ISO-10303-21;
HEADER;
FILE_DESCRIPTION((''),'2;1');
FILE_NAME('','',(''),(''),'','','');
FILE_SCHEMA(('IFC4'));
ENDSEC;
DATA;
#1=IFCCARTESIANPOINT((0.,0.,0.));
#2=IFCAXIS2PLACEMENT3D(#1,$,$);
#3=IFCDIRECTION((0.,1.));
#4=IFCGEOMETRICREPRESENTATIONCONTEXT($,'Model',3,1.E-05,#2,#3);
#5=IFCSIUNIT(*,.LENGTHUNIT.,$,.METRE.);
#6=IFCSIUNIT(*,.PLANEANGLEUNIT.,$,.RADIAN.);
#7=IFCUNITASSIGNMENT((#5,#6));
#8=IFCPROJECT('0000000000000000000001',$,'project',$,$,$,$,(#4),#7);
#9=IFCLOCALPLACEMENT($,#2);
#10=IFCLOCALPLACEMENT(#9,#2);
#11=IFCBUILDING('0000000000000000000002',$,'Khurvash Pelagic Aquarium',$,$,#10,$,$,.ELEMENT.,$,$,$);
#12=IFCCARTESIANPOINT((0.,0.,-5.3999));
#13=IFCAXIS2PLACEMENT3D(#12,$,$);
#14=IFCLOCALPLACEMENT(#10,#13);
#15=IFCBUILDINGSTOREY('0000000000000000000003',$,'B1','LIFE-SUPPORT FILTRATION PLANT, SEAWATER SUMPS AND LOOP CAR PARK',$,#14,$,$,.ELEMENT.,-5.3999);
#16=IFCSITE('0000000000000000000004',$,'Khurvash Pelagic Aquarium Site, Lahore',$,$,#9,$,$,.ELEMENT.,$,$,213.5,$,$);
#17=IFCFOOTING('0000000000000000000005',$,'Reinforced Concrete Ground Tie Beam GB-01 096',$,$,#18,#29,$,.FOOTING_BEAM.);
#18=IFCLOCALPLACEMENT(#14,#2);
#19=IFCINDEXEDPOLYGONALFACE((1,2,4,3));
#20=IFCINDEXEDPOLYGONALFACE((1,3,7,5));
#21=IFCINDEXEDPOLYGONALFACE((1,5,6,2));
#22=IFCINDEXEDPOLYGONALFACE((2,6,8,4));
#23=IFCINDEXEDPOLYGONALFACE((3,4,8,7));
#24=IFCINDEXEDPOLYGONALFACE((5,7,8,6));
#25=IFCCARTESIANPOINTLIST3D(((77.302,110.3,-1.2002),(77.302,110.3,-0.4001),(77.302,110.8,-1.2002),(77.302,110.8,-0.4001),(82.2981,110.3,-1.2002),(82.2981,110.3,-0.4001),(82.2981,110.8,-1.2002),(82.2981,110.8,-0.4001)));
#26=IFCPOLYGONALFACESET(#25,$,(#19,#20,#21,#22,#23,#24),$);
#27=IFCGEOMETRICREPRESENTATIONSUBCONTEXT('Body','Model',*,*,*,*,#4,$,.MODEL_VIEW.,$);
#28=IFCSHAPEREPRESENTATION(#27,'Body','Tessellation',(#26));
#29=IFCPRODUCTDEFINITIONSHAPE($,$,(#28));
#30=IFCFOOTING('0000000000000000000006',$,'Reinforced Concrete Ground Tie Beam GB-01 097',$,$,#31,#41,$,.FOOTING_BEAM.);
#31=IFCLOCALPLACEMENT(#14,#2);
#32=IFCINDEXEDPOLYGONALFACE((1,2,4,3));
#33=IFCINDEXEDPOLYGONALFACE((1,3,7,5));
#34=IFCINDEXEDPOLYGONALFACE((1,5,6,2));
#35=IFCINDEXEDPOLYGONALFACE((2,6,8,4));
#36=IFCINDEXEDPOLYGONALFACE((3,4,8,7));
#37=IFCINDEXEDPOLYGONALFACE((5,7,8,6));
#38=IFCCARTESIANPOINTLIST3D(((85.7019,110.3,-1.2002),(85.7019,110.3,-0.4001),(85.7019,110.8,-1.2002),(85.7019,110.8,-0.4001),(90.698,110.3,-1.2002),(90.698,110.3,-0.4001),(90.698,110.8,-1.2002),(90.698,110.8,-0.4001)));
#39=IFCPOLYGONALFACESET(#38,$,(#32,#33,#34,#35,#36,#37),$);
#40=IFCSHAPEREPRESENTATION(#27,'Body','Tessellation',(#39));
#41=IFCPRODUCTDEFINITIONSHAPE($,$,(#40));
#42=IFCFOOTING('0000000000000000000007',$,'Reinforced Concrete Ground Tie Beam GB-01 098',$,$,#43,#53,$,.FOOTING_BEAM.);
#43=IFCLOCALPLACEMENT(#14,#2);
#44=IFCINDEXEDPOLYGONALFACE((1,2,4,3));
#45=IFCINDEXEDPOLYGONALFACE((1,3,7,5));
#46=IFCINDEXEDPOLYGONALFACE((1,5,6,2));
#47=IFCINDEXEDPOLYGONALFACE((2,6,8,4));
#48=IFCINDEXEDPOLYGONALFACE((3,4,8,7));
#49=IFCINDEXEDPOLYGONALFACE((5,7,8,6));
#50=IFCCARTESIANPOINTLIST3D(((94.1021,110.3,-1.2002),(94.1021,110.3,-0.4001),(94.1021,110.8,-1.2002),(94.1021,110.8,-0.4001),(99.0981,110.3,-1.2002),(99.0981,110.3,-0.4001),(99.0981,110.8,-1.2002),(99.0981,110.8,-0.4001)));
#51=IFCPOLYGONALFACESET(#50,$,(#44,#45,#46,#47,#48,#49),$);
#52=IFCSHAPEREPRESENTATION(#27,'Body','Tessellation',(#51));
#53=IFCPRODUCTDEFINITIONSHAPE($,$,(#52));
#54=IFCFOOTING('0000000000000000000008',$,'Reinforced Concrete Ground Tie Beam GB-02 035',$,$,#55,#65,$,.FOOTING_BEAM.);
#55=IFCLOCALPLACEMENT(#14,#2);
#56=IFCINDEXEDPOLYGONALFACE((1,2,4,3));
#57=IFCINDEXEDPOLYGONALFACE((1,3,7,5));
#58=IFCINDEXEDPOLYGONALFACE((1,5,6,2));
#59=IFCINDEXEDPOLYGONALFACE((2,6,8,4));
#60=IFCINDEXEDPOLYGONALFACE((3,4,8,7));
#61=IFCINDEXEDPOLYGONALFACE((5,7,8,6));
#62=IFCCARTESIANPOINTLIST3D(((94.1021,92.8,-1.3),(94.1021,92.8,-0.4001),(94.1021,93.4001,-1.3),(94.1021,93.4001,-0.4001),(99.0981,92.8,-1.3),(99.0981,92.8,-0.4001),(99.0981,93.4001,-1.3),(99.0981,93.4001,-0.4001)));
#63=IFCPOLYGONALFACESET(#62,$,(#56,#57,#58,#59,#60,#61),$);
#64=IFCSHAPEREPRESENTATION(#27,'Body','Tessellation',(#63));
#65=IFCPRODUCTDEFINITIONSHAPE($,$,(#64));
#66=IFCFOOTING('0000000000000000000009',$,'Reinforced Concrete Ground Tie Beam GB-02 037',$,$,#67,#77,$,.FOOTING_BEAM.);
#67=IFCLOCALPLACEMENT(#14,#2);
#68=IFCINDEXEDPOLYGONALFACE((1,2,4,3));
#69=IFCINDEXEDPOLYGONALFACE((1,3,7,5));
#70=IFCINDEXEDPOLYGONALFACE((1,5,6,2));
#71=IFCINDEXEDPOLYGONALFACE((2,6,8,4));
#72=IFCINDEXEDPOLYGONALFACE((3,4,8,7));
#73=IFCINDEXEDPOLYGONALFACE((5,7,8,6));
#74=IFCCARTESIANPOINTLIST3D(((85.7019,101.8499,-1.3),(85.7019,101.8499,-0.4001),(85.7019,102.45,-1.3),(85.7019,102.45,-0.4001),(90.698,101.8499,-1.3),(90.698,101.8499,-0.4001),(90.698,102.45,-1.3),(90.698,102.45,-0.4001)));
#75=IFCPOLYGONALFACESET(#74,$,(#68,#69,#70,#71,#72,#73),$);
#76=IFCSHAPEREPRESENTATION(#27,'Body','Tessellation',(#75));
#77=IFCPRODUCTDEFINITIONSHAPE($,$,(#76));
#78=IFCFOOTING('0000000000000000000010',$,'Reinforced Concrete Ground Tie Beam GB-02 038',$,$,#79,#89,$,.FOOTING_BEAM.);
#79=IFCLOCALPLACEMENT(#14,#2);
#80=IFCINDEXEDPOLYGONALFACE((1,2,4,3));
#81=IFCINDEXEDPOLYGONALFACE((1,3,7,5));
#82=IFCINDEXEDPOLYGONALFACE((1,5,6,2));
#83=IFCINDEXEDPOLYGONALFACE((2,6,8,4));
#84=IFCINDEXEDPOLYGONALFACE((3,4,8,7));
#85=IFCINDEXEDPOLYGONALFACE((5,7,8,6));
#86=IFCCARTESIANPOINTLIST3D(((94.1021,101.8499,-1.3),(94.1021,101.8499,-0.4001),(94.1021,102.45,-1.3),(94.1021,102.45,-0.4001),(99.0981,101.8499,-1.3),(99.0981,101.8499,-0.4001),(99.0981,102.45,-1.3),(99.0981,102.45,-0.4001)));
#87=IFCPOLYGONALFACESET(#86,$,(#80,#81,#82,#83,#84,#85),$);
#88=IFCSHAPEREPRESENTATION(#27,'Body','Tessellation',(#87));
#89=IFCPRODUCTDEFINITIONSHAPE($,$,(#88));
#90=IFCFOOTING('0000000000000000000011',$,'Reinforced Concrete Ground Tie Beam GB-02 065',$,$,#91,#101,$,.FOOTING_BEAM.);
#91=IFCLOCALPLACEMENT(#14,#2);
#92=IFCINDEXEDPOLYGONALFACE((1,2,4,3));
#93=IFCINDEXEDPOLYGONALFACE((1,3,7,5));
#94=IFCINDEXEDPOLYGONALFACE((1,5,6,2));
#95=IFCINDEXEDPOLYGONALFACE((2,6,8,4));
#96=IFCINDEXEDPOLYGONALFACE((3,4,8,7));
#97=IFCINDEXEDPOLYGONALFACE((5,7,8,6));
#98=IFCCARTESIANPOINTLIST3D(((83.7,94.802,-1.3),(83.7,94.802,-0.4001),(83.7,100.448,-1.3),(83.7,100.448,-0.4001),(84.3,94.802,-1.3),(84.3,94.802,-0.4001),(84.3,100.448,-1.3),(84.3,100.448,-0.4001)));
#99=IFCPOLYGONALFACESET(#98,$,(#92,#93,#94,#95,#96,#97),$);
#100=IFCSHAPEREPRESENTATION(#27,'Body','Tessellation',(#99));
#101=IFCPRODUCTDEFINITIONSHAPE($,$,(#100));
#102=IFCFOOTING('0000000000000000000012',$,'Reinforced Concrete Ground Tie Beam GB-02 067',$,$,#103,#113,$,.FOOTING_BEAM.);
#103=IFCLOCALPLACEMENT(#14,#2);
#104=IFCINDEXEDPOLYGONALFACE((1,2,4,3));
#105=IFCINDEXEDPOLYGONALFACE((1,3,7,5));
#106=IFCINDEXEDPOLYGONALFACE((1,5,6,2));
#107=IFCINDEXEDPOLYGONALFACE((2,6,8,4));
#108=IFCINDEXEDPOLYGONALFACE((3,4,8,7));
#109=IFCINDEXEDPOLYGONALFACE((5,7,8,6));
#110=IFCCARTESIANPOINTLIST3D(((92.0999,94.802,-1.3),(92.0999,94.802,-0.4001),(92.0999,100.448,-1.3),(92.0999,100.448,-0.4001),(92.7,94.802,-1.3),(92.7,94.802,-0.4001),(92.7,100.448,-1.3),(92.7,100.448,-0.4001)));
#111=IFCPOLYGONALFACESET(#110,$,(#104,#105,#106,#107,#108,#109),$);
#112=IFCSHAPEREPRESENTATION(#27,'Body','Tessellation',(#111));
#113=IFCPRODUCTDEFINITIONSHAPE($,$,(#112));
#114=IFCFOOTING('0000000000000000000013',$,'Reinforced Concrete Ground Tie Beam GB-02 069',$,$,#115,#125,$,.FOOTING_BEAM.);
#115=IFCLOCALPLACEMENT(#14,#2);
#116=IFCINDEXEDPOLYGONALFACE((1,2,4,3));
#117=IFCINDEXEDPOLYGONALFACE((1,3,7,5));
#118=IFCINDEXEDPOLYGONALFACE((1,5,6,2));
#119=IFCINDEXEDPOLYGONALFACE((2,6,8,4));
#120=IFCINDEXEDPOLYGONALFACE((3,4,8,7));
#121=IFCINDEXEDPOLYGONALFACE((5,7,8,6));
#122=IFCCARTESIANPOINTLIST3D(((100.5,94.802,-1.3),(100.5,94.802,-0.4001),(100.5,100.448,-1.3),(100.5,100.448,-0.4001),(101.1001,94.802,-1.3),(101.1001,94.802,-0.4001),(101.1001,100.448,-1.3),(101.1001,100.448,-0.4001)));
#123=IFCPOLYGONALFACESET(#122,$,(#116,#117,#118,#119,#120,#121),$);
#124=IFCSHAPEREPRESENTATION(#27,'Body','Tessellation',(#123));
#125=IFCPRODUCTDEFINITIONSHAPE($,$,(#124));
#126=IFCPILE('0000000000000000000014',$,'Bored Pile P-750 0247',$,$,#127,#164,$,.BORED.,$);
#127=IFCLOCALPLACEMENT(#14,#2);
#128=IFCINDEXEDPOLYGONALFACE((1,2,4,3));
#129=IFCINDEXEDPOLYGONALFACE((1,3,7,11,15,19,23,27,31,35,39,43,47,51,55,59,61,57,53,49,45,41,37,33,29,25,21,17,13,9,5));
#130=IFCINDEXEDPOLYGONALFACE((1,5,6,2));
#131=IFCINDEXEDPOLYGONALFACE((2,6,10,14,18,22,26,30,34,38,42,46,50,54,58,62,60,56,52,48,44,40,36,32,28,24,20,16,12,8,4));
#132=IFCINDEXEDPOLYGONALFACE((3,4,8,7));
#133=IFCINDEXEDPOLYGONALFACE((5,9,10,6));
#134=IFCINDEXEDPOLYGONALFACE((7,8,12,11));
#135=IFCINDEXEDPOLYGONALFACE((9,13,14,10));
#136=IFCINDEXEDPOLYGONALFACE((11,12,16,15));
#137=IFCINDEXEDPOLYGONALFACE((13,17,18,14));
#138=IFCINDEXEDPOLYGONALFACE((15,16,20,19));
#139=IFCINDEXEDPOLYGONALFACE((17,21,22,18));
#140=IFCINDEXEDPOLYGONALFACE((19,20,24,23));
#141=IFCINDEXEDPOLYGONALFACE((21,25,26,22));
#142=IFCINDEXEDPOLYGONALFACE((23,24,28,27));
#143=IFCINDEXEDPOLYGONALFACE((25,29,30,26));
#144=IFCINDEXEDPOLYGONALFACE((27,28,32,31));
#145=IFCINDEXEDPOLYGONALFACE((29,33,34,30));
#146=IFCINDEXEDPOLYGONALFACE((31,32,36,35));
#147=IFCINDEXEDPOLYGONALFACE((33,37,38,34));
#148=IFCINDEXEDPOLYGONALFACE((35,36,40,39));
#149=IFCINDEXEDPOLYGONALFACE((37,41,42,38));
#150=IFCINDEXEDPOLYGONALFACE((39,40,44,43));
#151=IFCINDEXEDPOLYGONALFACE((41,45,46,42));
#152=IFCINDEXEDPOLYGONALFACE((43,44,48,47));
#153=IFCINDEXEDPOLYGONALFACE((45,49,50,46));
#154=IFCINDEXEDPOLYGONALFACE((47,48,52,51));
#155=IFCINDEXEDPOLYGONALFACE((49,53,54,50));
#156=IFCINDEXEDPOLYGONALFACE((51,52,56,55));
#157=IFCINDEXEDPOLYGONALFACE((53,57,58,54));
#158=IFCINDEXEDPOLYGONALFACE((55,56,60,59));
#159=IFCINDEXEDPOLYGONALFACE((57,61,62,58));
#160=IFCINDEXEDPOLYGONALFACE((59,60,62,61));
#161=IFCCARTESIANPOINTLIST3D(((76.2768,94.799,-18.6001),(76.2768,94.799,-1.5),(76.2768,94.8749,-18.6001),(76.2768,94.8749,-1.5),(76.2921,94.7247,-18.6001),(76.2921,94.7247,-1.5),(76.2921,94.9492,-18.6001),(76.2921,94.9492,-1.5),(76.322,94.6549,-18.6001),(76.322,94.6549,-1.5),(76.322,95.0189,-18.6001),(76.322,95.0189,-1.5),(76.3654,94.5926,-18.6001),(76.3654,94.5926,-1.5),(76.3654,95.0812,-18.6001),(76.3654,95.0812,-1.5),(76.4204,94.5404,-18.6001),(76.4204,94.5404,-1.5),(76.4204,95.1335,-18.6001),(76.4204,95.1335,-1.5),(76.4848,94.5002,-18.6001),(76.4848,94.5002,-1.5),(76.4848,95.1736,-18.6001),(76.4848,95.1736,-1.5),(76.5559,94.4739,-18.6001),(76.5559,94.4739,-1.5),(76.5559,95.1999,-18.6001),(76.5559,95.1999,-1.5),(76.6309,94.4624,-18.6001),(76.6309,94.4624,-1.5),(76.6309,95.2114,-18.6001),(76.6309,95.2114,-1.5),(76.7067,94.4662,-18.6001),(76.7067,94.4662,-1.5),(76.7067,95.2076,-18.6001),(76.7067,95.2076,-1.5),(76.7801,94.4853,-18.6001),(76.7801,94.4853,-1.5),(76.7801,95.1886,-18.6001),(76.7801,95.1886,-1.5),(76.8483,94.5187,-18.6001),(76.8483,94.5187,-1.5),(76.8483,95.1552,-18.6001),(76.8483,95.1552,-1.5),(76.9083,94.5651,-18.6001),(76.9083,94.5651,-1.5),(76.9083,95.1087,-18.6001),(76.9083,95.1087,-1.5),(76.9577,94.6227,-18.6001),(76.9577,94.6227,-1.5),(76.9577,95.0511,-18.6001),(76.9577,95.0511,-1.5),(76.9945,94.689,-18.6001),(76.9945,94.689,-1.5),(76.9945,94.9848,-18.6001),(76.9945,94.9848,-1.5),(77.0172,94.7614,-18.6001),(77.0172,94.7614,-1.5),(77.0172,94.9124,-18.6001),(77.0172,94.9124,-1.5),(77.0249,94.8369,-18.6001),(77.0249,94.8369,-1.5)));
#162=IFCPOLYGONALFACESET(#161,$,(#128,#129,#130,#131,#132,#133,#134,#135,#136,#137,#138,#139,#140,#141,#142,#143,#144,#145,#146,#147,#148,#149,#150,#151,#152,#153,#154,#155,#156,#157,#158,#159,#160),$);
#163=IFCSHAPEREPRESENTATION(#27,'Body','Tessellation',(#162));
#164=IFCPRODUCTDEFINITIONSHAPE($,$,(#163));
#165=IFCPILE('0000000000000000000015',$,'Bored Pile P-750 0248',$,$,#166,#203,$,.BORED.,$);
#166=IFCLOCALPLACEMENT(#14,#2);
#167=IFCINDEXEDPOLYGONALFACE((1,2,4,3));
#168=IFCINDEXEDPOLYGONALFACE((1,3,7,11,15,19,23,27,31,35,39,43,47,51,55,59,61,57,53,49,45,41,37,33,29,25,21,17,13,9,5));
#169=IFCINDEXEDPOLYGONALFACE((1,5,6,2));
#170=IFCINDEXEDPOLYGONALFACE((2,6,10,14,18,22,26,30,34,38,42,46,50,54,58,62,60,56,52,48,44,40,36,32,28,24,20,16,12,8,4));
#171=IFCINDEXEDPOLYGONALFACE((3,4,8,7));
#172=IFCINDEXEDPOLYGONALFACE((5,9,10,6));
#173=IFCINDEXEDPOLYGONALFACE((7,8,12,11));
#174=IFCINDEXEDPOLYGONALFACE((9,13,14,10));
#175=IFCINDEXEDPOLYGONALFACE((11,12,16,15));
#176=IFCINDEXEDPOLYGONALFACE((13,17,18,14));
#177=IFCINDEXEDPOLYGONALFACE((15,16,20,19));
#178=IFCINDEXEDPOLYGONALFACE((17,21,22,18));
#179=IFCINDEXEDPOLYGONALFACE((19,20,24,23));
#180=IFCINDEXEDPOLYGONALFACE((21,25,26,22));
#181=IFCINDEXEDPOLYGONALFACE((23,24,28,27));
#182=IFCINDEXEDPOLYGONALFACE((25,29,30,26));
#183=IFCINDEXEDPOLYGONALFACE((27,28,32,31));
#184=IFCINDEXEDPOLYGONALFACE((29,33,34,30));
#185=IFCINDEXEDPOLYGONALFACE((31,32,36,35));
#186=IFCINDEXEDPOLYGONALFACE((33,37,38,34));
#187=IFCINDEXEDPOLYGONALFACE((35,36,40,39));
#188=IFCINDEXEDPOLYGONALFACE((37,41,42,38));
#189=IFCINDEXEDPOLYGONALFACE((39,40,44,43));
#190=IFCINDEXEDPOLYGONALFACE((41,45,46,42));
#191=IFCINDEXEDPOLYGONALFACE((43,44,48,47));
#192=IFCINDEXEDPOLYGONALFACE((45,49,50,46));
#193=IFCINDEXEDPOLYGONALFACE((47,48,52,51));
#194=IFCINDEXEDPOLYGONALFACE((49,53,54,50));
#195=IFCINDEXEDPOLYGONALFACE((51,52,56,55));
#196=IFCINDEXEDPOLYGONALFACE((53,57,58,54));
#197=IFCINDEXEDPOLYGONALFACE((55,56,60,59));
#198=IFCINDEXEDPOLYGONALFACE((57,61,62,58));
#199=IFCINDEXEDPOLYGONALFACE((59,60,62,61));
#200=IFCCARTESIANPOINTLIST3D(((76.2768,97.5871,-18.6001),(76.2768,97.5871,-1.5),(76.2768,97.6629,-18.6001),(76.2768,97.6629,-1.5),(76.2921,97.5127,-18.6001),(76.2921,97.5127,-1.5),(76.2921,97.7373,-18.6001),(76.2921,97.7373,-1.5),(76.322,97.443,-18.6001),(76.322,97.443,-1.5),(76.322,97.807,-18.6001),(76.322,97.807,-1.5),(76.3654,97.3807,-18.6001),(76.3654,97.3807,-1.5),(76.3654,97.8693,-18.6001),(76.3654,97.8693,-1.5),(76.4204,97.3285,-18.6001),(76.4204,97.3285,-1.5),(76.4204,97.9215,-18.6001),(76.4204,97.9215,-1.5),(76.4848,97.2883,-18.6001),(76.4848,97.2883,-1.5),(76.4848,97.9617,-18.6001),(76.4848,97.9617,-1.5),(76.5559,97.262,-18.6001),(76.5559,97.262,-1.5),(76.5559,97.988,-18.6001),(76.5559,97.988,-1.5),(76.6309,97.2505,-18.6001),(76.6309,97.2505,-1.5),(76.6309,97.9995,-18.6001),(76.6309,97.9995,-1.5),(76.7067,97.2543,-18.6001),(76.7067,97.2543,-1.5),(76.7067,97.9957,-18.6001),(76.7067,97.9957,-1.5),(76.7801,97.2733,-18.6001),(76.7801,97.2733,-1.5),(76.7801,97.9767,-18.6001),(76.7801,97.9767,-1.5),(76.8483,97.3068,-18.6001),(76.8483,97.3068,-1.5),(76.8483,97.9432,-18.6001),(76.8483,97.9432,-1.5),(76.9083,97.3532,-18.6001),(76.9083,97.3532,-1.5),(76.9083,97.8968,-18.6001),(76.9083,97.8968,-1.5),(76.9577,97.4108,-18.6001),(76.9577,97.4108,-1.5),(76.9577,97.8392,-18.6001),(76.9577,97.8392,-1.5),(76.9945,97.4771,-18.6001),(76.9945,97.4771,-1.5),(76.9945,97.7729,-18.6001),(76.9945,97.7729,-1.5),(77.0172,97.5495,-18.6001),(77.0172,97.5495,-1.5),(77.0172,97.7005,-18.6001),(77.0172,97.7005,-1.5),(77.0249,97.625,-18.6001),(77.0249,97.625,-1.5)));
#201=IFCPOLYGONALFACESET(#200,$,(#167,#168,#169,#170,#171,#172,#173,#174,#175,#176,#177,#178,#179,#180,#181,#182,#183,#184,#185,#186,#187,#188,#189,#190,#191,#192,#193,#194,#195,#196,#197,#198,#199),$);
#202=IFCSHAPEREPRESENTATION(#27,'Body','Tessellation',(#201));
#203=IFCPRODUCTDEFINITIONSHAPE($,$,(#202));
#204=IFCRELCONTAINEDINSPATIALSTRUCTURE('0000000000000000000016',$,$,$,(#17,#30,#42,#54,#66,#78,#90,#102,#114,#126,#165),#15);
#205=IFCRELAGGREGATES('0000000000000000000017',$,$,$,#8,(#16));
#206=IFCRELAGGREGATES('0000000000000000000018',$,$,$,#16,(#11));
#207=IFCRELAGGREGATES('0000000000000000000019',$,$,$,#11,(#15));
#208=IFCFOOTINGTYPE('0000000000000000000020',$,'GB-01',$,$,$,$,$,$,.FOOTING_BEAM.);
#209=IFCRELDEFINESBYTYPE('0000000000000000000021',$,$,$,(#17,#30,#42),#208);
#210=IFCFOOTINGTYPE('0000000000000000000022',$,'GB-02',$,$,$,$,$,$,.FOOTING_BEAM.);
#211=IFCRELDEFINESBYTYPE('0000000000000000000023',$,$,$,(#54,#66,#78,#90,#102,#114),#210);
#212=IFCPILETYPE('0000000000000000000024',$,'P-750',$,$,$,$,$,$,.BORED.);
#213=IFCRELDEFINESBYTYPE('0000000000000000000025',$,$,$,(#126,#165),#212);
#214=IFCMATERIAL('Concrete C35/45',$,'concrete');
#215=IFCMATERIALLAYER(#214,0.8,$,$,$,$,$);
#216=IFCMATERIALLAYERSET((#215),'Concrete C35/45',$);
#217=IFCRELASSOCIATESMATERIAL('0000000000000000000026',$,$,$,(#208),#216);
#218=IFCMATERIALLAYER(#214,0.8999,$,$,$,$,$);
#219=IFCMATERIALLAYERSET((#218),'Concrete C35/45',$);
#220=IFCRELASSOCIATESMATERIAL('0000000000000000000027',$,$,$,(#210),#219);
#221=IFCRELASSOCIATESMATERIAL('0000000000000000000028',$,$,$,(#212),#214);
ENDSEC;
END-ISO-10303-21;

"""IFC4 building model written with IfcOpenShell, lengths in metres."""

from ifc_helpers import new_model, si_unit, direction, frame, origin, origin_2d, place, context, subcontext, project, spatial, rectangle, circle, extrude, material, layer, layer_set, material_profile, profile_set, type_object, element, save


model = new_model("IFC4")

# Units and contexts
model_context = context("Model", 3, precision=1e-05, world=origin(), true_north=direction((0.0, 1.0)))
body_context = subcontext(model_context, "Body", "Model", "MODEL_VIEW")
ifc_project = project(units=[si_unit("LENGTHUNIT", "METRE"), si_unit("PLANEANGLEUNIT", "RADIAN")], contexts=[model_context])

# Site, building, storey
site_placement = place(None, origin())
site = spatial("IfcSite", under=ifc_project, at=site_placement, Name="Khurvash Pelagic Aquarium Site, Lahore", CompositionType="ELEMENT", RefElevation=213.5)
building_placement = place(site_placement, origin())
building = spatial("IfcBuilding", under=site, at=building_placement, Name="Khurvash Pelagic Aquarium", CompositionType="ELEMENT")
storey_placement = place(building_placement, frame((0.0, 0.0, -5.3999)))
storey = spatial("IfcBuildingStorey", under=building, at=storey_placement, Name="B1", Description="LIFE-SUPPORT FILTRATION PLANT, SEAWATER SUMPS AND LOOP CAR PARK", CompositionType="ELEMENT", Elevation=-5.3999)

# Footings
ifc_material_1 = material(Name="Concrete C35/45", Category="concrete")
ifc_layer_1 = layer(ifc_material_1, 0.8)
ifc_layer_set_1 = layer_set([ifc_layer_1], Name="Concrete C35/45")
footing_type_1 = type_object("IfcFootingType", Name="GB-01", PredefinedType="FOOTING_BEAM", material=ifc_layer_set_1)
for number, where, z_axis, x_axis, name in (
    (1, (79.8, 110.55, -1.2002), (0.0, 0.0, 1.0), (1.0, 0.0, 0.0), "Reinforced Concrete Ground Tie Beam GB-01 096"),
    (2, (88.2, 110.55, -1.2002), (0.0, 0.0, 1.0), (1.0, 0.0, 0.0), "Reinforced Concrete Ground Tie Beam GB-01 097"),
    (3, (96.6001, 110.55, -1.2002), (0.0, 0.0, 1.0), (1.0, 0.0, 0.0), "Reinforced Concrete Ground Tie Beam GB-01 098"),
):
    element("IfcFooting", number, at=place(storey_placement, frame(where, z_axis=z_axis, x_axis=x_axis)), inside=storey, type_object=footing_type_1, Name=name, PredefinedType="FOOTING_BEAM", context=body_context, shape_type="SweptSolid", body=[
        extrude(rectangle(XDim=4.9961, YDim=0.5, at=origin_2d()), origin(), (0.0, 0.0, 1.0), 0.8),
    ])
ifc_layer_2 = layer(ifc_material_1, 0.8999)
ifc_layer_set_2 = layer_set([ifc_layer_2], Name="Concrete C35/45")
footing_type_2 = type_object("IfcFootingType", Name="GB-02", PredefinedType="FOOTING_BEAM", material=ifc_layer_set_2)
for number, where, z_axis, x_axis, name in (
    (4, (96.6001, 93.1001, -1.3), (0.0, 0.0, 1.0), (1.0, 0.0, 0.0), "Reinforced Concrete Ground Tie Beam GB-02 035"),
    (5, (88.2, 102.1499, -1.3), (0.0, 0.0, 1.0), (1.0, 0.0, 0.0), "Reinforced Concrete Ground Tie Beam GB-02 037"),
    (6, (96.6001, 102.1499, -1.3), (0.0, 0.0, 1.0), (1.0, 0.0, 0.0), "Reinforced Concrete Ground Tie Beam GB-02 038"),
):
    element("IfcFooting", number, at=place(storey_placement, frame(where, z_axis=z_axis, x_axis=x_axis)), inside=storey, type_object=footing_type_2, Name=name, PredefinedType="FOOTING_BEAM", context=body_context, shape_type="SweptSolid", body=[
        extrude(rectangle(XDim=4.9961, YDim=0.6001, at=origin_2d()), origin(), (0.0, 0.0, 1.0), 0.8999),
    ])
for number, where, z_axis, x_axis, name in (
    (7, (84.0, 97.625, -1.3), (0.0, 0.0, 1.0), (0.0, 1.0, 0.0), "Reinforced Concrete Ground Tie Beam GB-02 065"),
    (8, (92.3999, 97.625, -1.3), (0.0, 0.0, 1.0), (0.0, 1.0, 0.0), "Reinforced Concrete Ground Tie Beam GB-02 067"),
    (9, (100.8, 97.625, -1.3), (0.0, 0.0, 1.0), (0.0, 1.0, 0.0), "Reinforced Concrete Ground Tie Beam GB-02 069"),
):
    element("IfcFooting", number, at=place(storey_placement, frame(where, z_axis=z_axis, x_axis=x_axis)), inside=storey, type_object=footing_type_2, Name=name, PredefinedType="FOOTING_BEAM", context=body_context, shape_type="SweptSolid", body=[
        extrude(rectangle(XDim=5.646, YDim=0.6001, at=origin_2d()), origin(), (0.0, 0.0, 1.0), 0.8999),
    ])

# Piles
ifc_material_profile_1 = material_profile(ifc_material_1, circle(Radius=0.375, at=origin_2d()), Name="PILE750")
ifc_profile_set_1 = profile_set([ifc_material_profile_1], Name="Concrete C35/45")
pile_type = type_object("IfcPileType", Name="P-750", PredefinedType="BORED", material=ifc_profile_set_1)
for number, where, z_axis, x_axis, name in (
    (10, (76.6499, 94.8369, -1.5), (0.0, 0.0, -1.0), (1.0, 0.0, 0.0), "Bored Pile P-750 0247"),
    (11, (76.6499, 97.625, -1.5), (0.0, 0.0, -1.0), (1.0, 0.0, 0.0), "Bored Pile P-750 0248"),
):
    element("IfcPile", number, at=place(storey_placement, frame(where, z_axis=z_axis, x_axis=x_axis)), inside=storey, type_object=pile_type, Name=name, PredefinedType="BORED", context=body_context, shape_type="SweptSolid", body=[
        extrude(circle(Radius=0.375, at=origin_2d()), origin(), (0.0, 0.0, 1.0), 17.1001),
    ])

save(model, "model.ifc")
